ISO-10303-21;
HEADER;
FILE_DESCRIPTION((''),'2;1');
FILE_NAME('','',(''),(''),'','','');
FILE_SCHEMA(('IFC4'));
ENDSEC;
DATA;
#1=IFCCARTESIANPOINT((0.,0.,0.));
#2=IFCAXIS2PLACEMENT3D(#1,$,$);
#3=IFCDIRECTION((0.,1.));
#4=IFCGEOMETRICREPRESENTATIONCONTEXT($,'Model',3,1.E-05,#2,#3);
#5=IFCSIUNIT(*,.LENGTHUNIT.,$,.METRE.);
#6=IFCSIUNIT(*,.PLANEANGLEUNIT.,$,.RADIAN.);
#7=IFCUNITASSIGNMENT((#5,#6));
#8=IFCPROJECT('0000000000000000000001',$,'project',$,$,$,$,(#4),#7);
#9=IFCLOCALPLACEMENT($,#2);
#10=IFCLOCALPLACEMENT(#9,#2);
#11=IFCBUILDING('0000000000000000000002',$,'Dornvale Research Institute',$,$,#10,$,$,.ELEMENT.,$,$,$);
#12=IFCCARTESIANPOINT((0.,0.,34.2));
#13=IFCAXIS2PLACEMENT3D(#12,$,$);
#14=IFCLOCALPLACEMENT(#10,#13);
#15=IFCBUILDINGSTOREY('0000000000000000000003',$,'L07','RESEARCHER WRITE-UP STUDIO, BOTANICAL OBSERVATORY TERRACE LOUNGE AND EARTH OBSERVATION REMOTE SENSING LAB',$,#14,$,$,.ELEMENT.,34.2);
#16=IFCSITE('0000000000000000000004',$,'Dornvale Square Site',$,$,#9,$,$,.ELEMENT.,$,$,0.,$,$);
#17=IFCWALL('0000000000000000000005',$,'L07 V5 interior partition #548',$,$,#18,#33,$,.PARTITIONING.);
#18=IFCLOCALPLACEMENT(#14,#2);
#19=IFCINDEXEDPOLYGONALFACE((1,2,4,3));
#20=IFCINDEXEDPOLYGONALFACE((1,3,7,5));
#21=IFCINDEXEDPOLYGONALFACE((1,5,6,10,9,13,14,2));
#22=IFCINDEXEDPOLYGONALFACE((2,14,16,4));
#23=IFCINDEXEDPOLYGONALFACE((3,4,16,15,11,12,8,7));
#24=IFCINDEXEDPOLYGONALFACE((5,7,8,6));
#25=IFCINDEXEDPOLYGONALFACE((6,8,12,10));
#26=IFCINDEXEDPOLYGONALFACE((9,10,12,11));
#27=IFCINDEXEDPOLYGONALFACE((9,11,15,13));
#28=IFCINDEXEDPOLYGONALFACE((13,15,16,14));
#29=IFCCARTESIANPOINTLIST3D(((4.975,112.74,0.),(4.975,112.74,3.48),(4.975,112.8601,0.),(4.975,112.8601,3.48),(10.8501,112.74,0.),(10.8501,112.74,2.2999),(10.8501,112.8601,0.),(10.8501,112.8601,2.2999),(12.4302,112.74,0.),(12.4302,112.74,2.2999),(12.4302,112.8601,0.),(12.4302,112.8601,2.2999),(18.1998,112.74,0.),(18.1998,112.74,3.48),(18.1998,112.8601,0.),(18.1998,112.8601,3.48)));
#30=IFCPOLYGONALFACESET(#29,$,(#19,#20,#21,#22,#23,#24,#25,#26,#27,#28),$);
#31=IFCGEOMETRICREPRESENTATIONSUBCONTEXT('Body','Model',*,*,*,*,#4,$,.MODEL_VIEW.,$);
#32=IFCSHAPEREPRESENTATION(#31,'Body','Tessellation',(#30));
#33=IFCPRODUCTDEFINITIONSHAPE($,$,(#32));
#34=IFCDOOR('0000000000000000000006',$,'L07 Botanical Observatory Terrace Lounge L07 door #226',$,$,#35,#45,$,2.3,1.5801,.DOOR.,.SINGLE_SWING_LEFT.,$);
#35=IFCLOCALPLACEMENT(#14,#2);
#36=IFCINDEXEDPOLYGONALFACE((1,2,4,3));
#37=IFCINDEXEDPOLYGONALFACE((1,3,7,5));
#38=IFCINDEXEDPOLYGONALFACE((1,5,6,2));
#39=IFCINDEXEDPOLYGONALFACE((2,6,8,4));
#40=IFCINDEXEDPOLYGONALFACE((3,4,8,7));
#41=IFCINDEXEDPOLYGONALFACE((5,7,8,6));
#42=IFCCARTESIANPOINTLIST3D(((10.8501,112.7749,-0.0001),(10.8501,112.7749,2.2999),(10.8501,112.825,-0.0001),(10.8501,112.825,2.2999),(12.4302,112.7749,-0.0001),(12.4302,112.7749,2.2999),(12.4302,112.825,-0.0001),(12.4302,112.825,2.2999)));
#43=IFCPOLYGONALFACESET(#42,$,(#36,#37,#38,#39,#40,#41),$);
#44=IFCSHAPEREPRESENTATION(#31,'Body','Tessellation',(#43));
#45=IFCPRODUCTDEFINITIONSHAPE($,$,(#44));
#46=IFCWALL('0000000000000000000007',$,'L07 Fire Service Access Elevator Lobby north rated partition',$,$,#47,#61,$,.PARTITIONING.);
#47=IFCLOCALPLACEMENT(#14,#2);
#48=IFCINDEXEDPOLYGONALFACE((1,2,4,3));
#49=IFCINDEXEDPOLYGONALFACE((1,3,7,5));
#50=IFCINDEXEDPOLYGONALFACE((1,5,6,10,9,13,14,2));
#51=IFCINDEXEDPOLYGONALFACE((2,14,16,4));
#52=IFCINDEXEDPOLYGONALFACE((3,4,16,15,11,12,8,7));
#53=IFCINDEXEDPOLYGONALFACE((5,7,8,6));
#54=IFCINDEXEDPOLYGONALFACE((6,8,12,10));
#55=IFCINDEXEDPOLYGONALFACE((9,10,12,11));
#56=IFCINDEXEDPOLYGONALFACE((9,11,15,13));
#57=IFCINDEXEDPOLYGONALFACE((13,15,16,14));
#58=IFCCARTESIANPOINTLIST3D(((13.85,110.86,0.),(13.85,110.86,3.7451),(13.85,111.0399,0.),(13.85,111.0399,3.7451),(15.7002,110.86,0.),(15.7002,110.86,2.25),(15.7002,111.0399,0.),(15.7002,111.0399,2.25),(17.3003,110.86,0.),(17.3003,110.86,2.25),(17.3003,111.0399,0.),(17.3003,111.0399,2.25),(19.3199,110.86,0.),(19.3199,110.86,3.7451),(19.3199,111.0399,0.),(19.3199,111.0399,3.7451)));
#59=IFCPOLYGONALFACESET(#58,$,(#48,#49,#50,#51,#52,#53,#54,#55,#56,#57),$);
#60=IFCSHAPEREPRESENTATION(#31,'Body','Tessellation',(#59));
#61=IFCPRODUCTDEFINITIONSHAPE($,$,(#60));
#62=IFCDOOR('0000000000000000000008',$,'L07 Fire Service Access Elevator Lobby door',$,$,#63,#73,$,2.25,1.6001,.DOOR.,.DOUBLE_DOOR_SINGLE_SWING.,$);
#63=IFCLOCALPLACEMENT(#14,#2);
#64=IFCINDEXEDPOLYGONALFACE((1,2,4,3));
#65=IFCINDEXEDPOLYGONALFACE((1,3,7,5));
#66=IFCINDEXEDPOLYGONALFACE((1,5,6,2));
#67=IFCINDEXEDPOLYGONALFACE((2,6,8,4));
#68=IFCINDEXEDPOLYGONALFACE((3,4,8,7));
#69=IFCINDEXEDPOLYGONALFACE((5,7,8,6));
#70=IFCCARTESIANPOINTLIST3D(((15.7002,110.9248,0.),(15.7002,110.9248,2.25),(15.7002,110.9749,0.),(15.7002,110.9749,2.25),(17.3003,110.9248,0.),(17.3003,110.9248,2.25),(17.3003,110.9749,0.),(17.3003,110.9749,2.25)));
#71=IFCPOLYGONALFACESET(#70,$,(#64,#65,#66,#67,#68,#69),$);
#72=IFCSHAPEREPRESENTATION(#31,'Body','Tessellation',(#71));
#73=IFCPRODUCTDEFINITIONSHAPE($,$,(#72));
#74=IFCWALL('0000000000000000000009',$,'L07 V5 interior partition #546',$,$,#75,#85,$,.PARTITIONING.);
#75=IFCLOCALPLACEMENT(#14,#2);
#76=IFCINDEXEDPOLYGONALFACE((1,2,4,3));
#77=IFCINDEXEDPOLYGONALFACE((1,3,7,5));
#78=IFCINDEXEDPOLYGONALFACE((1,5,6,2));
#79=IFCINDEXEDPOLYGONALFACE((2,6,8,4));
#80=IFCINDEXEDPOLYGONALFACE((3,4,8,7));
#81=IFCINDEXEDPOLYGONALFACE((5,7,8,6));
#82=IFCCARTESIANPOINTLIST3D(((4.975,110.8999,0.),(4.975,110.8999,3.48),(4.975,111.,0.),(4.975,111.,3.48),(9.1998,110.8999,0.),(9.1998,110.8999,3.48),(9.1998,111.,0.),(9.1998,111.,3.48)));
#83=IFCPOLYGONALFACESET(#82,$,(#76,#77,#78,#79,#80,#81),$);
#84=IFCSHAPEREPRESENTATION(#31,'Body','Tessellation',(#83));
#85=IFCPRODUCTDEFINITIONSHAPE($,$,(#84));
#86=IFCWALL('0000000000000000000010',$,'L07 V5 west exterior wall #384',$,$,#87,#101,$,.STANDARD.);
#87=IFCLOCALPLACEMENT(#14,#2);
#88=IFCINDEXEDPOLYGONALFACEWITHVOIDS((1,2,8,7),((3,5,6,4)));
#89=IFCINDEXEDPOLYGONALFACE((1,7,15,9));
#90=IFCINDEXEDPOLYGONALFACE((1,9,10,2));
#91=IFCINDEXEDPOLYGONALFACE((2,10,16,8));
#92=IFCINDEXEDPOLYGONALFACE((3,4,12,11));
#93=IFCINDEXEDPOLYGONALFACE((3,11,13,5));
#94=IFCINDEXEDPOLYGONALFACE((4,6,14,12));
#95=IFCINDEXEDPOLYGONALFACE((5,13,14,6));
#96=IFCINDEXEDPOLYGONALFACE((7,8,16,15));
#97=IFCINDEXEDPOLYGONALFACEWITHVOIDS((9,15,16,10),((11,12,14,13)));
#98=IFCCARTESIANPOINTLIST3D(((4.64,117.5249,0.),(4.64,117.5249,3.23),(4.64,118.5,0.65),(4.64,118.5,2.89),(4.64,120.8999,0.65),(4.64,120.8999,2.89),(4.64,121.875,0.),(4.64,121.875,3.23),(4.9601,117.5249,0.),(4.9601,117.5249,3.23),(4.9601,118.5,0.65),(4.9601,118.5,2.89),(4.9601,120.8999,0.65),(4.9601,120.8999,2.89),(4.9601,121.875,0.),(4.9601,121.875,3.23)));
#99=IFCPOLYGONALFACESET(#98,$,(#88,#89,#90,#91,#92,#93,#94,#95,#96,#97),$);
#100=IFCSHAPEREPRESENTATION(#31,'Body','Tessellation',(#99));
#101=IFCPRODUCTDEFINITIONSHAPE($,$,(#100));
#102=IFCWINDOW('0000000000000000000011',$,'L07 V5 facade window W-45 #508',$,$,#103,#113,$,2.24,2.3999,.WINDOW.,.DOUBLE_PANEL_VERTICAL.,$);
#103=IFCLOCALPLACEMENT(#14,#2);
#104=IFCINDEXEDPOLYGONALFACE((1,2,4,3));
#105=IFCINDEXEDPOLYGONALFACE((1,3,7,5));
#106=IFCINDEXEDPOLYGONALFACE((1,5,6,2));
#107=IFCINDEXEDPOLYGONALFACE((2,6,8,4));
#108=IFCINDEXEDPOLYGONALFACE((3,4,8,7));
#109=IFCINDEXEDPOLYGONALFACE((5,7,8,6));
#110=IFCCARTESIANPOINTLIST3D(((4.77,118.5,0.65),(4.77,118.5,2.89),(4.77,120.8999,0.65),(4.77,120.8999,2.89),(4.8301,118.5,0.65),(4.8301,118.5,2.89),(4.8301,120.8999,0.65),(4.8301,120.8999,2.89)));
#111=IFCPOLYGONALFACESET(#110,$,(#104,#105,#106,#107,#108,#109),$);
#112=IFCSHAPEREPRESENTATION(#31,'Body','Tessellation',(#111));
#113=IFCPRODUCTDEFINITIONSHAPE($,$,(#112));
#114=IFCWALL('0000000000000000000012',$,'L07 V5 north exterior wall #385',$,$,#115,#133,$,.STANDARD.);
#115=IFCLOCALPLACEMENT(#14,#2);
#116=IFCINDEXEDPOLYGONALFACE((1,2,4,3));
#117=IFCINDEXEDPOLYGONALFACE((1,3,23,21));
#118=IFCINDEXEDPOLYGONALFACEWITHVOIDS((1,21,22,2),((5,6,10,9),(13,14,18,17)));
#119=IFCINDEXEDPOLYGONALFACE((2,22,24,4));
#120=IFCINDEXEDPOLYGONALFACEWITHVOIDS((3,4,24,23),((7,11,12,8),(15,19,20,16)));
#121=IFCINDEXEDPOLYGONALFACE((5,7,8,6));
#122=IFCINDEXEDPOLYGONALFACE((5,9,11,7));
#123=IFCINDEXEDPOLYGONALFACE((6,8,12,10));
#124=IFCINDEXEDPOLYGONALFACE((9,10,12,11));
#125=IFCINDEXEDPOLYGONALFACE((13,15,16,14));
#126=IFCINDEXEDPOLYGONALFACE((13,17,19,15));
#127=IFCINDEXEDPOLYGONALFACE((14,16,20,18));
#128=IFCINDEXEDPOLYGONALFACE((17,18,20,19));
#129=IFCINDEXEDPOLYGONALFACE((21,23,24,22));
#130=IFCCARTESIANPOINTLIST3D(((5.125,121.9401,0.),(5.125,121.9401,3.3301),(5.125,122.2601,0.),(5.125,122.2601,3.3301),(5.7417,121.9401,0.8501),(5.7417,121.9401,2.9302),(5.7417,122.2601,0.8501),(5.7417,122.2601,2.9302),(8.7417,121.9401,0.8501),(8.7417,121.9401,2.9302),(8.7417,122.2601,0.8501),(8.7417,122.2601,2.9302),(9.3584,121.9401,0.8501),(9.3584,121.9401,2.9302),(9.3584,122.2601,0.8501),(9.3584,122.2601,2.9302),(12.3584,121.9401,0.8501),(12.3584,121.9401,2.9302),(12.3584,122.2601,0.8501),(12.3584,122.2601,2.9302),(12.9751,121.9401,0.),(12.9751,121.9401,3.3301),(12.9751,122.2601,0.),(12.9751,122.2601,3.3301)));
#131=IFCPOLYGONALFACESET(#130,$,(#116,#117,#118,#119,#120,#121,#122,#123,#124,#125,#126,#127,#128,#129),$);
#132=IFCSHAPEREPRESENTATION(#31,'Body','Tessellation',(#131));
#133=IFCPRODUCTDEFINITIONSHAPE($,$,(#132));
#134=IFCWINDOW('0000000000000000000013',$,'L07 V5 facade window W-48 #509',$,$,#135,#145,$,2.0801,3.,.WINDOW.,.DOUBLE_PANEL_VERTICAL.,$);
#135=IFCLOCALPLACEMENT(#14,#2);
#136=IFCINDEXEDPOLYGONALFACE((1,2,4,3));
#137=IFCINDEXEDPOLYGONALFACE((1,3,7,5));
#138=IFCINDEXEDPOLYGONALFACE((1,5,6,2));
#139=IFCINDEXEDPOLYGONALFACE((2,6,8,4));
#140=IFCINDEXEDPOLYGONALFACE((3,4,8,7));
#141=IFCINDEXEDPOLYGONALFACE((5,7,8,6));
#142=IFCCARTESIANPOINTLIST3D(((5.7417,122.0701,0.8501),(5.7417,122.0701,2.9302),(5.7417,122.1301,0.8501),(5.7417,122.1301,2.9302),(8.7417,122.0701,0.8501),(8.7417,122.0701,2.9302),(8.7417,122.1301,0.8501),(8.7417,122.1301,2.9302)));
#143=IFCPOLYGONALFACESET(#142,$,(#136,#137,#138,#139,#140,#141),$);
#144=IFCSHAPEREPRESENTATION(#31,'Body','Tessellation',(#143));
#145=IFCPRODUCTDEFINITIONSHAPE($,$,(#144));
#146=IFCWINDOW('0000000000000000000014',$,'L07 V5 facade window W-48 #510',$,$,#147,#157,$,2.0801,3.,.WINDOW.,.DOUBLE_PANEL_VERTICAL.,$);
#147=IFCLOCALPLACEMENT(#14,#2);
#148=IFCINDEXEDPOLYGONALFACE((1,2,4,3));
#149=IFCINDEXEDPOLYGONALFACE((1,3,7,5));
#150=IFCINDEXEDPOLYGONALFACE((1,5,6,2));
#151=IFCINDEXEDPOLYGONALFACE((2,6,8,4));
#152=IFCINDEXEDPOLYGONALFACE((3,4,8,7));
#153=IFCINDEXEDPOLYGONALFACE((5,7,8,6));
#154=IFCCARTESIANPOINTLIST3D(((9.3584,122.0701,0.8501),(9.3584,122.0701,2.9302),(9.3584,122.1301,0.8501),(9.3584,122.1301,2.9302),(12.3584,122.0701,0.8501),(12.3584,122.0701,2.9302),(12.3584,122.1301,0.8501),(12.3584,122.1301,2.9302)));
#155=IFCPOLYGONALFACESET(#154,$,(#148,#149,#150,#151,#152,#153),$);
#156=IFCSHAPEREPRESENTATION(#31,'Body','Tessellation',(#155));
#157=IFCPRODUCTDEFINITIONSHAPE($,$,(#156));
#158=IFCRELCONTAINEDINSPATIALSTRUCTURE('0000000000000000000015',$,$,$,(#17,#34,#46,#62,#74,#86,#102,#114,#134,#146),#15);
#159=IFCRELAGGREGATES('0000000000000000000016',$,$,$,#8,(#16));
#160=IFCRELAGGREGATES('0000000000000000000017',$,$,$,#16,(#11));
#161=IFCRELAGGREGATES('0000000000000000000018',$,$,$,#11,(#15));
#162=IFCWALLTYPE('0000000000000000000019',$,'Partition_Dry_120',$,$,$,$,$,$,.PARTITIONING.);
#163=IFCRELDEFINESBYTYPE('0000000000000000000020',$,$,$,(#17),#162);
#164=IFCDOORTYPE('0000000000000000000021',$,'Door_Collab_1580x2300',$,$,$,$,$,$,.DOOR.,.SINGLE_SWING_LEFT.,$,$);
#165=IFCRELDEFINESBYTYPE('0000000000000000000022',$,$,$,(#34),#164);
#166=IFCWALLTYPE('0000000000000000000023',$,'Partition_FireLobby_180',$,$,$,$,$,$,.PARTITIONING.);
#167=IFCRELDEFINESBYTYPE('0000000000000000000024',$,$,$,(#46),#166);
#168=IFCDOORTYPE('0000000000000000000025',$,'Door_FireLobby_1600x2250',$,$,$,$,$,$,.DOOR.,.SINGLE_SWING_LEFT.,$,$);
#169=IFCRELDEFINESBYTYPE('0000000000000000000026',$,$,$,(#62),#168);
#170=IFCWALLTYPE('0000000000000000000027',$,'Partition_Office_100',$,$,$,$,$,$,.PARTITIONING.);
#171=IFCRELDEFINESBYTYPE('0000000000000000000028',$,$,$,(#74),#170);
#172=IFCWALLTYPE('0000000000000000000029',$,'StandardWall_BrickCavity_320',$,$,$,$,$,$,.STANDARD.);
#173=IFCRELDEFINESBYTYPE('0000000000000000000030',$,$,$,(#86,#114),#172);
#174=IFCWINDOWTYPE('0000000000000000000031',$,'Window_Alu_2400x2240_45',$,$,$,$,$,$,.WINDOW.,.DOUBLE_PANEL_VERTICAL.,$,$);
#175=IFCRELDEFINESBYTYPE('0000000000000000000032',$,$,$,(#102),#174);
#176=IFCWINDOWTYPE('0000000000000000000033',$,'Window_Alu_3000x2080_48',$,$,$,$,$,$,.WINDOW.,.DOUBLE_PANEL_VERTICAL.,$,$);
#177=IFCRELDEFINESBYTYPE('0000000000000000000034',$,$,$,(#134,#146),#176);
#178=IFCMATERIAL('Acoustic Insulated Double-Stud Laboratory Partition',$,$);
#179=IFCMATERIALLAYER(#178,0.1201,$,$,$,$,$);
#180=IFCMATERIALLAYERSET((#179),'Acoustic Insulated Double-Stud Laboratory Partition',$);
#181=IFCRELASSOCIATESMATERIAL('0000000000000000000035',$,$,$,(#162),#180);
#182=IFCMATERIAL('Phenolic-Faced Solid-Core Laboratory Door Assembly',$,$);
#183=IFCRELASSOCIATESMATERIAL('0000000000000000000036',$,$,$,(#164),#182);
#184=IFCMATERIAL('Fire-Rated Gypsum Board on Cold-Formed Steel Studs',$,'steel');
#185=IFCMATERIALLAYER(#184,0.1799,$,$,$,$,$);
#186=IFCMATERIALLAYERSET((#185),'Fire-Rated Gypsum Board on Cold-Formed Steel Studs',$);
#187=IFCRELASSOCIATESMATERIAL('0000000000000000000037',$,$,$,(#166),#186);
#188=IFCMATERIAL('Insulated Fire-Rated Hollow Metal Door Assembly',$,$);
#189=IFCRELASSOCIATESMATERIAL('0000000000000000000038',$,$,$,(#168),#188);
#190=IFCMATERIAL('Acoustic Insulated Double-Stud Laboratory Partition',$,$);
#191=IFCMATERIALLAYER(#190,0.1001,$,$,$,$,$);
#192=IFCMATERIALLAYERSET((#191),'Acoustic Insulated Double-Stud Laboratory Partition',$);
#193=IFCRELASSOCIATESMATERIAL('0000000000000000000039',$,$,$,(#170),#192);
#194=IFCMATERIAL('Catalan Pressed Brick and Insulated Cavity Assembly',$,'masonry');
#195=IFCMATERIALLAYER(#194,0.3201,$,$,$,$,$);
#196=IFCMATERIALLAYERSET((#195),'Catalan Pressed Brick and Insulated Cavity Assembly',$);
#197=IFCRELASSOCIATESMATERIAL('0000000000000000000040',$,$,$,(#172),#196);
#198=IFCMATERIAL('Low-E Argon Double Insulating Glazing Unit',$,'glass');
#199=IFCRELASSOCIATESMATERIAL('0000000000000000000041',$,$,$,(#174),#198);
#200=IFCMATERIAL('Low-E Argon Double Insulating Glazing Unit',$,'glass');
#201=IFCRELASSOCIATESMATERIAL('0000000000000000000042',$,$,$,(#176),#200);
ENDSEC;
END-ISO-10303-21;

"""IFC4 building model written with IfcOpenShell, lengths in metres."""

from ifc_helpers import new_model, si_unit, direction, frame, frame_2d, origin, place, context, subcontext, project, spatial, rectangle, extrude, material, layer, layer_set, type_object, element, fill, save


model = new_model("IFC4")

# Units and contexts
model_context = context("Model", 3, precision=1e-05, world=origin(), true_north=direction((0.0, 1.0)))
body_context = subcontext(model_context, "Body", "Model", "MODEL_VIEW")
ifc_project = project(units=[si_unit("LENGTHUNIT", "METRE"), si_unit("PLANEANGLEUNIT", "RADIAN")], contexts=[model_context])

# Site, building, storey
site_placement = place(None, origin())
site = spatial("IfcSite", under=ifc_project, at=site_placement, Name="Dornvale Square Site", CompositionType="ELEMENT", RefElevation=0.0)
building_placement = place(site_placement, origin())
building = spatial("IfcBuilding", under=site, at=building_placement, Name="Dornvale Research Institute", CompositionType="ELEMENT")
storey_placement = place(building_placement, frame((0.0, 0.0, 34.2)))
storey = spatial("IfcBuildingStorey", under=building, at=storey_placement, Name="L07", Description="RESEARCHER WRITE-UP STUDIO, BOTANICAL OBSERVATORY TERRACE LOUNGE AND EARTH OBSERVATION REMOTE SENSING LAB", CompositionType="ELEMENT", Elevation=34.2)

# Walls, openings, doors
ifc_material_1 = material(Name="Acoustic Insulated Double-Stud Laboratory Partition")
ifc_layer_1 = layer(ifc_material_1, 0.1201)
ifc_layer_set_1 = layer_set([ifc_layer_1], Name="Acoustic Insulated Double-Stud Laboratory Partition")
wall_type_1 = type_object("IfcWallType", Name="Partition_Dry_120", PredefinedType="PARTITIONING", material=ifc_layer_set_1)
wall_1_placement = place(storey_placement, frame((4.9751, 112.8, 0.0), z_axis=(0.0, 0.0, 1.0), x_axis=(1.0, 0.0, 0.0)))
wall_1 = element("IfcWall", 1, at=wall_1_placement, inside=storey, type_object=wall_type_1, Name="L07 V5 interior partition #548", PredefinedType="PARTITIONING", context=body_context, shape_type="SweptSolid", body=[
    extrude(rectangle(XDim=13.2249, YDim=0.1201, at=frame_2d((6.6123, 0.0))), origin(), (0.0, 0.0, 1.0), 3.48),
])
opening_1_placement = place(wall_1_placement, frame((5.875, 0.0, 0.0)))
opening_1 = element("IfcOpeningElement", 2, at=opening_1_placement, cuts=wall_1, PredefinedType="OPENING", context=body_context, shape_type="SweptSolid", body=[
    extrude(rectangle(XDim=1.5801, YDim=2.3, at=frame_2d((0.79, 1.1499))), frame((0.0, 0.075, 0.0), z_axis=(0.0, -1.0, 0.0), x_axis=(1.0, 0.0, 0.0)), (0.0, 0.0, 1.0), 0.1501),
])
ifc_material_2 = material(Name="Phenolic-Faced Solid-Core Laboratory Door Assembly")
door_type_1 = type_object("IfcDoorType", Name="Door_Collab_1580x2300", OperationType="SINGLE_SWING_LEFT", PredefinedType="DOOR", material=ifc_material_2)
door_1_placement = place(opening_1_placement, origin())
door_1 = element("IfcDoor", 3, at=door_1_placement, inside=storey, type_object=door_type_1, Name="L07 Botanical Observatory Terrace Lounge L07 door #226", OperationType="SINGLE_SWING_LEFT", OverallHeight=2.3, OverallWidth=1.5801, PredefinedType="DOOR", context=body_context, shape_type="SweptSolid", body=[
    extrude(rectangle(XDim=1.5801, YDim=2.3, at=frame_2d((0.79, 1.1499))), frame((0.0, 0.0249, 0.0), z_axis=(0.0, -1.0, 0.0), x_axis=(1.0, 0.0, 0.0)), (0.0, 0.0, 1.0), 0.05),
])
fill(opening_1, door_1)
ifc_material_3 = material(Name="Fire-Rated Gypsum Board on Cold-Formed Steel Studs", Category="steel")
ifc_layer_2 = layer(ifc_material_3, 0.1799)
ifc_layer_set_2 = layer_set([ifc_layer_2], Name="Fire-Rated Gypsum Board on Cold-Formed Steel Studs")
wall_type_2 = type_object("IfcWallType", Name="Partition_FireLobby_180", PredefinedType="PARTITIONING", material=ifc_layer_set_2)
wall_2_placement = place(storey_placement, frame((13.8501, 110.95, 0.0), z_axis=(0.0, 0.0, 1.0), x_axis=(1.0, 0.0, 0.0)))
wall_2 = element("IfcWall", 4, at=wall_2_placement, inside=storey, type_object=wall_type_2, Name="L07 Fire Service Access Elevator Lobby north rated partition", PredefinedType="PARTITIONING", context=body_context, shape_type="SweptSolid", body=[
    extrude(rectangle(XDim=5.47, YDim=0.1799, at=frame_2d((2.7349, 0.0))), origin(), (0.0, 0.0, 1.0), 3.7451),
])
opening_2_placement = place(wall_2_placement, frame((1.8501, 0.0, 0.0)))
opening_2 = element("IfcOpeningElement", 5, at=opening_2_placement, cuts=wall_2, PredefinedType="OPENING", context=body_context, shape_type="SweptSolid", body=[
    extrude(rectangle(XDim=1.6001, YDim=2.25, at=frame_2d((0.8, 1.125))), frame((0.0, 0.105, 0.0), z_axis=(0.0, -1.0, 0.0), x_axis=(1.0, 0.0, 0.0)), (0.0, 0.0, 1.0), 0.21),
])
ifc_material_4 = material(Name="Insulated Fire-Rated Hollow Metal Door Assembly")
door_type_2 = type_object("IfcDoorType", Name="Door_FireLobby_1600x2250", OperationType="SINGLE_SWING_LEFT", PredefinedType="DOOR", material=ifc_material_4)
door_2_placement = place(opening_2_placement, origin())
door_2 = element("IfcDoor", 6, at=door_2_placement, inside=storey, type_object=door_type_2, Name="L07 Fire Service Access Elevator Lobby door", OperationType="DOUBLE_DOOR_SINGLE_SWING", OverallHeight=2.25, OverallWidth=1.6001, PredefinedType="DOOR", context=body_context, shape_type="SweptSolid", body=[
    extrude(rectangle(XDim=1.6001, YDim=2.25, at=frame_2d((0.8, 1.125))), frame((0.0, 0.0249, 0.0), z_axis=(0.0, -1.0, 0.0), x_axis=(1.0, 0.0, 0.0)), (0.0, 0.0, 1.0), 0.05),
])
fill(opening_2, door_2)

# Wall
ifc_material_5 = material(Name="Acoustic Insulated Double-Stud Laboratory Partition")
ifc_layer_3 = layer(ifc_material_5, 0.1001)
ifc_layer_set_3 = layer_set([ifc_layer_3], Name="Acoustic Insulated Double-Stud Laboratory Partition")
wall_type_3 = type_object("IfcWallType", Name="Partition_Office_100", PredefinedType="PARTITIONING", material=ifc_layer_set_3)
wall_3_placement = place(storey_placement, frame((4.9751, 110.95, 0.0), z_axis=(0.0, 0.0, 1.0), x_axis=(1.0, 0.0, 0.0)))
element("IfcWall", 7, at=wall_3_placement, inside=storey, type_object=wall_type_3, Name="L07 V5 interior partition #546", PredefinedType="PARTITIONING", context=body_context, shape_type="SweptSolid", body=[
    extrude(rectangle(XDim=4.2249, YDim=0.1001, at=frame_2d((2.1123, 0.0))), origin(), (0.0, 0.0, 1.0), 3.48),
])

# Wall, opening, window
ifc_material_6 = material(Name="Catalan Pressed Brick and Insulated Cavity Assembly", Category="masonry")
ifc_layer_4 = layer(ifc_material_6, 0.3201)
ifc_layer_set_4 = layer_set([ifc_layer_4], Name="Catalan Pressed Brick and Insulated Cavity Assembly")
wall_type_4 = type_object("IfcWallType", Name="StandardWall_BrickCavity_320", PredefinedType="STANDARD", material=ifc_layer_set_4)
wall_4_placement = place(storey_placement, frame((4.8, 117.5249, 0.0), z_axis=(0.0, 0.0, 1.0), x_axis=(0.0, 1.0, 0.0)))
wall_4 = element("IfcWall", 8, at=wall_4_placement, inside=storey, type_object=wall_type_4, Name="L07 V5 west exterior wall #384", PredefinedType="STANDARD", context=body_context, shape_type="SweptSolid", body=[
    extrude(rectangle(XDim=4.3501, YDim=0.3201, at=frame_2d((2.175, 0.0))), origin(), (0.0, 0.0, 1.0), 3.23),
])
opening_3_placement = place(wall_4_placement, frame((0.9751, 0.0, 0.6499)))
opening_3 = element("IfcOpeningElement", 9, at=opening_3_placement, cuts=wall_4, PredefinedType="OPENING", context=body_context, shape_type="SweptSolid", body=[
    extrude(rectangle(XDim=2.3999, YDim=2.24, at=frame_2d((1.2, 1.1201))), frame((0.0, 0.175, 0.0), z_axis=(0.0, -1.0, 0.0), x_axis=(1.0, 0.0, 0.0)), (0.0, 0.0, 1.0), 0.3501),
])
ifc_material_7 = material(Name="Low-E Argon Double Insulating Glazing Unit", Category="glass")
window_type_1 = type_object("IfcWindowType", Name="Window_Alu_2400x2240_45", PartitioningType="DOUBLE_PANEL_VERTICAL", PredefinedType="WINDOW", material=ifc_material_7)
window_1_placement = place(opening_3_placement, origin())
window_1 = element("IfcWindow", 10, at=window_1_placement, inside=storey, type_object=window_type_1, Name="L07 V5 facade window W-45 #508", OverallHeight=2.24, OverallWidth=2.3999, PartitioningType="DOUBLE_PANEL_VERTICAL", PredefinedType="WINDOW", context=body_context, shape_type="SweptSolid", body=[
    extrude(rectangle(XDim=2.3999, YDim=2.24, at=frame_2d((1.2, 1.1201))), frame((0.0, 0.03, 0.0), z_axis=(0.0, -1.0, 0.0), x_axis=(1.0, 0.0, 0.0)), (0.0, 0.0, 1.0), 0.0601),
])
fill(opening_3, window_1)

# Wall, openings, windows
wall_5_placement = place(storey_placement, frame((5.125, 122.1001, 0.0), z_axis=(0.0, 0.0, 1.0), x_axis=(1.0, 0.0, 0.0)))
wall_5 = element("IfcWall", 11, at=wall_5_placement, inside=storey, type_object=wall_type_4, Name="L07 V5 north exterior wall #385", PredefinedType="STANDARD", context=body_context, shape_type="SweptSolid", body=[
    extrude(rectangle(XDim=7.8501, YDim=0.3201, at=frame_2d((3.925, 0.0))), origin(), (0.0, 0.0, 1.0), 3.3301),
])
opening_4_placement = place(wall_5_placement, frame((0.6167, 0.0, 0.8501)))
opening_4 = element("IfcOpeningElement", 12, at=opening_4_placement, cuts=wall_5, PredefinedType="OPENING", context=body_context, shape_type="SweptSolid", body=[
    extrude(rectangle(XDim=3.0, YDim=2.0801, at=frame_2d((1.5, 1.04))), frame((0.0, 0.175, 0.0), z_axis=(0.0, -1.0, 0.0), x_axis=(1.0, 0.0, 0.0)), (0.0, 0.0, 1.0), 0.3501),
])
opening_5_placement = place(wall_5_placement, frame((4.2334, 0.0, 0.8501)))
opening_5 = element("IfcOpeningElement", 13, at=opening_5_placement, cuts=wall_5, PredefinedType="OPENING", context=body_context, shape_type="SweptSolid", body=[
    extrude(rectangle(XDim=3.0, YDim=2.0801, at=frame_2d((1.5, 1.04))), frame((0.0, 0.175, 0.0), z_axis=(0.0, -1.0, 0.0), x_axis=(1.0, 0.0, 0.0)), (0.0, 0.0, 1.0), 0.3501),
])
ifc_material_8 = material(Name="Low-E Argon Double Insulating Glazing Unit", Category="glass")
window_type_2 = type_object("IfcWindowType", Name="Window_Alu_3000x2080_48", PartitioningType="DOUBLE_PANEL_VERTICAL", PredefinedType="WINDOW", material=ifc_material_8)
window_2_placement = place(opening_4_placement, origin())
window_2 = element("IfcWindow", 14, at=window_2_placement, inside=storey, type_object=window_type_2, Name="L07 V5 facade window W-48 #509", OverallHeight=2.0801, OverallWidth=3.0, PartitioningType="DOUBLE_PANEL_VERTICAL", PredefinedType="WINDOW", context=body_context, shape_type="SweptSolid", body=[
    extrude(rectangle(XDim=3.0, YDim=2.0801, at=frame_2d((1.5, 1.04))), frame((0.0, 0.03, 0.0), z_axis=(0.0, -1.0, 0.0), x_axis=(1.0, 0.0, 0.0)), (0.0, 0.0, 1.0), 0.0601),
])
fill(opening_4, window_2)
window_3_placement = place(opening_5_placement, origin())
window_3 = element("IfcWindow", 15, at=window_3_placement, inside=storey, type_object=window_type_2, Name="L07 V5 facade window W-48 #510", OverallHeight=2.0801, OverallWidth=3.0, PartitioningType="DOUBLE_PANEL_VERTICAL", PredefinedType="WINDOW", context=body_context, shape_type="SweptSolid", body=[
    extrude(rectangle(XDim=3.0, YDim=2.0801, at=frame_2d((1.5, 1.04))), frame((0.0, 0.03, 0.0), z_axis=(0.0, -1.0, 0.0), x_axis=(1.0, 0.0, 0.0)), (0.0, 0.0, 1.0), 0.0601),
])
fill(opening_5, window_3)

save(model, "model.ifc")
